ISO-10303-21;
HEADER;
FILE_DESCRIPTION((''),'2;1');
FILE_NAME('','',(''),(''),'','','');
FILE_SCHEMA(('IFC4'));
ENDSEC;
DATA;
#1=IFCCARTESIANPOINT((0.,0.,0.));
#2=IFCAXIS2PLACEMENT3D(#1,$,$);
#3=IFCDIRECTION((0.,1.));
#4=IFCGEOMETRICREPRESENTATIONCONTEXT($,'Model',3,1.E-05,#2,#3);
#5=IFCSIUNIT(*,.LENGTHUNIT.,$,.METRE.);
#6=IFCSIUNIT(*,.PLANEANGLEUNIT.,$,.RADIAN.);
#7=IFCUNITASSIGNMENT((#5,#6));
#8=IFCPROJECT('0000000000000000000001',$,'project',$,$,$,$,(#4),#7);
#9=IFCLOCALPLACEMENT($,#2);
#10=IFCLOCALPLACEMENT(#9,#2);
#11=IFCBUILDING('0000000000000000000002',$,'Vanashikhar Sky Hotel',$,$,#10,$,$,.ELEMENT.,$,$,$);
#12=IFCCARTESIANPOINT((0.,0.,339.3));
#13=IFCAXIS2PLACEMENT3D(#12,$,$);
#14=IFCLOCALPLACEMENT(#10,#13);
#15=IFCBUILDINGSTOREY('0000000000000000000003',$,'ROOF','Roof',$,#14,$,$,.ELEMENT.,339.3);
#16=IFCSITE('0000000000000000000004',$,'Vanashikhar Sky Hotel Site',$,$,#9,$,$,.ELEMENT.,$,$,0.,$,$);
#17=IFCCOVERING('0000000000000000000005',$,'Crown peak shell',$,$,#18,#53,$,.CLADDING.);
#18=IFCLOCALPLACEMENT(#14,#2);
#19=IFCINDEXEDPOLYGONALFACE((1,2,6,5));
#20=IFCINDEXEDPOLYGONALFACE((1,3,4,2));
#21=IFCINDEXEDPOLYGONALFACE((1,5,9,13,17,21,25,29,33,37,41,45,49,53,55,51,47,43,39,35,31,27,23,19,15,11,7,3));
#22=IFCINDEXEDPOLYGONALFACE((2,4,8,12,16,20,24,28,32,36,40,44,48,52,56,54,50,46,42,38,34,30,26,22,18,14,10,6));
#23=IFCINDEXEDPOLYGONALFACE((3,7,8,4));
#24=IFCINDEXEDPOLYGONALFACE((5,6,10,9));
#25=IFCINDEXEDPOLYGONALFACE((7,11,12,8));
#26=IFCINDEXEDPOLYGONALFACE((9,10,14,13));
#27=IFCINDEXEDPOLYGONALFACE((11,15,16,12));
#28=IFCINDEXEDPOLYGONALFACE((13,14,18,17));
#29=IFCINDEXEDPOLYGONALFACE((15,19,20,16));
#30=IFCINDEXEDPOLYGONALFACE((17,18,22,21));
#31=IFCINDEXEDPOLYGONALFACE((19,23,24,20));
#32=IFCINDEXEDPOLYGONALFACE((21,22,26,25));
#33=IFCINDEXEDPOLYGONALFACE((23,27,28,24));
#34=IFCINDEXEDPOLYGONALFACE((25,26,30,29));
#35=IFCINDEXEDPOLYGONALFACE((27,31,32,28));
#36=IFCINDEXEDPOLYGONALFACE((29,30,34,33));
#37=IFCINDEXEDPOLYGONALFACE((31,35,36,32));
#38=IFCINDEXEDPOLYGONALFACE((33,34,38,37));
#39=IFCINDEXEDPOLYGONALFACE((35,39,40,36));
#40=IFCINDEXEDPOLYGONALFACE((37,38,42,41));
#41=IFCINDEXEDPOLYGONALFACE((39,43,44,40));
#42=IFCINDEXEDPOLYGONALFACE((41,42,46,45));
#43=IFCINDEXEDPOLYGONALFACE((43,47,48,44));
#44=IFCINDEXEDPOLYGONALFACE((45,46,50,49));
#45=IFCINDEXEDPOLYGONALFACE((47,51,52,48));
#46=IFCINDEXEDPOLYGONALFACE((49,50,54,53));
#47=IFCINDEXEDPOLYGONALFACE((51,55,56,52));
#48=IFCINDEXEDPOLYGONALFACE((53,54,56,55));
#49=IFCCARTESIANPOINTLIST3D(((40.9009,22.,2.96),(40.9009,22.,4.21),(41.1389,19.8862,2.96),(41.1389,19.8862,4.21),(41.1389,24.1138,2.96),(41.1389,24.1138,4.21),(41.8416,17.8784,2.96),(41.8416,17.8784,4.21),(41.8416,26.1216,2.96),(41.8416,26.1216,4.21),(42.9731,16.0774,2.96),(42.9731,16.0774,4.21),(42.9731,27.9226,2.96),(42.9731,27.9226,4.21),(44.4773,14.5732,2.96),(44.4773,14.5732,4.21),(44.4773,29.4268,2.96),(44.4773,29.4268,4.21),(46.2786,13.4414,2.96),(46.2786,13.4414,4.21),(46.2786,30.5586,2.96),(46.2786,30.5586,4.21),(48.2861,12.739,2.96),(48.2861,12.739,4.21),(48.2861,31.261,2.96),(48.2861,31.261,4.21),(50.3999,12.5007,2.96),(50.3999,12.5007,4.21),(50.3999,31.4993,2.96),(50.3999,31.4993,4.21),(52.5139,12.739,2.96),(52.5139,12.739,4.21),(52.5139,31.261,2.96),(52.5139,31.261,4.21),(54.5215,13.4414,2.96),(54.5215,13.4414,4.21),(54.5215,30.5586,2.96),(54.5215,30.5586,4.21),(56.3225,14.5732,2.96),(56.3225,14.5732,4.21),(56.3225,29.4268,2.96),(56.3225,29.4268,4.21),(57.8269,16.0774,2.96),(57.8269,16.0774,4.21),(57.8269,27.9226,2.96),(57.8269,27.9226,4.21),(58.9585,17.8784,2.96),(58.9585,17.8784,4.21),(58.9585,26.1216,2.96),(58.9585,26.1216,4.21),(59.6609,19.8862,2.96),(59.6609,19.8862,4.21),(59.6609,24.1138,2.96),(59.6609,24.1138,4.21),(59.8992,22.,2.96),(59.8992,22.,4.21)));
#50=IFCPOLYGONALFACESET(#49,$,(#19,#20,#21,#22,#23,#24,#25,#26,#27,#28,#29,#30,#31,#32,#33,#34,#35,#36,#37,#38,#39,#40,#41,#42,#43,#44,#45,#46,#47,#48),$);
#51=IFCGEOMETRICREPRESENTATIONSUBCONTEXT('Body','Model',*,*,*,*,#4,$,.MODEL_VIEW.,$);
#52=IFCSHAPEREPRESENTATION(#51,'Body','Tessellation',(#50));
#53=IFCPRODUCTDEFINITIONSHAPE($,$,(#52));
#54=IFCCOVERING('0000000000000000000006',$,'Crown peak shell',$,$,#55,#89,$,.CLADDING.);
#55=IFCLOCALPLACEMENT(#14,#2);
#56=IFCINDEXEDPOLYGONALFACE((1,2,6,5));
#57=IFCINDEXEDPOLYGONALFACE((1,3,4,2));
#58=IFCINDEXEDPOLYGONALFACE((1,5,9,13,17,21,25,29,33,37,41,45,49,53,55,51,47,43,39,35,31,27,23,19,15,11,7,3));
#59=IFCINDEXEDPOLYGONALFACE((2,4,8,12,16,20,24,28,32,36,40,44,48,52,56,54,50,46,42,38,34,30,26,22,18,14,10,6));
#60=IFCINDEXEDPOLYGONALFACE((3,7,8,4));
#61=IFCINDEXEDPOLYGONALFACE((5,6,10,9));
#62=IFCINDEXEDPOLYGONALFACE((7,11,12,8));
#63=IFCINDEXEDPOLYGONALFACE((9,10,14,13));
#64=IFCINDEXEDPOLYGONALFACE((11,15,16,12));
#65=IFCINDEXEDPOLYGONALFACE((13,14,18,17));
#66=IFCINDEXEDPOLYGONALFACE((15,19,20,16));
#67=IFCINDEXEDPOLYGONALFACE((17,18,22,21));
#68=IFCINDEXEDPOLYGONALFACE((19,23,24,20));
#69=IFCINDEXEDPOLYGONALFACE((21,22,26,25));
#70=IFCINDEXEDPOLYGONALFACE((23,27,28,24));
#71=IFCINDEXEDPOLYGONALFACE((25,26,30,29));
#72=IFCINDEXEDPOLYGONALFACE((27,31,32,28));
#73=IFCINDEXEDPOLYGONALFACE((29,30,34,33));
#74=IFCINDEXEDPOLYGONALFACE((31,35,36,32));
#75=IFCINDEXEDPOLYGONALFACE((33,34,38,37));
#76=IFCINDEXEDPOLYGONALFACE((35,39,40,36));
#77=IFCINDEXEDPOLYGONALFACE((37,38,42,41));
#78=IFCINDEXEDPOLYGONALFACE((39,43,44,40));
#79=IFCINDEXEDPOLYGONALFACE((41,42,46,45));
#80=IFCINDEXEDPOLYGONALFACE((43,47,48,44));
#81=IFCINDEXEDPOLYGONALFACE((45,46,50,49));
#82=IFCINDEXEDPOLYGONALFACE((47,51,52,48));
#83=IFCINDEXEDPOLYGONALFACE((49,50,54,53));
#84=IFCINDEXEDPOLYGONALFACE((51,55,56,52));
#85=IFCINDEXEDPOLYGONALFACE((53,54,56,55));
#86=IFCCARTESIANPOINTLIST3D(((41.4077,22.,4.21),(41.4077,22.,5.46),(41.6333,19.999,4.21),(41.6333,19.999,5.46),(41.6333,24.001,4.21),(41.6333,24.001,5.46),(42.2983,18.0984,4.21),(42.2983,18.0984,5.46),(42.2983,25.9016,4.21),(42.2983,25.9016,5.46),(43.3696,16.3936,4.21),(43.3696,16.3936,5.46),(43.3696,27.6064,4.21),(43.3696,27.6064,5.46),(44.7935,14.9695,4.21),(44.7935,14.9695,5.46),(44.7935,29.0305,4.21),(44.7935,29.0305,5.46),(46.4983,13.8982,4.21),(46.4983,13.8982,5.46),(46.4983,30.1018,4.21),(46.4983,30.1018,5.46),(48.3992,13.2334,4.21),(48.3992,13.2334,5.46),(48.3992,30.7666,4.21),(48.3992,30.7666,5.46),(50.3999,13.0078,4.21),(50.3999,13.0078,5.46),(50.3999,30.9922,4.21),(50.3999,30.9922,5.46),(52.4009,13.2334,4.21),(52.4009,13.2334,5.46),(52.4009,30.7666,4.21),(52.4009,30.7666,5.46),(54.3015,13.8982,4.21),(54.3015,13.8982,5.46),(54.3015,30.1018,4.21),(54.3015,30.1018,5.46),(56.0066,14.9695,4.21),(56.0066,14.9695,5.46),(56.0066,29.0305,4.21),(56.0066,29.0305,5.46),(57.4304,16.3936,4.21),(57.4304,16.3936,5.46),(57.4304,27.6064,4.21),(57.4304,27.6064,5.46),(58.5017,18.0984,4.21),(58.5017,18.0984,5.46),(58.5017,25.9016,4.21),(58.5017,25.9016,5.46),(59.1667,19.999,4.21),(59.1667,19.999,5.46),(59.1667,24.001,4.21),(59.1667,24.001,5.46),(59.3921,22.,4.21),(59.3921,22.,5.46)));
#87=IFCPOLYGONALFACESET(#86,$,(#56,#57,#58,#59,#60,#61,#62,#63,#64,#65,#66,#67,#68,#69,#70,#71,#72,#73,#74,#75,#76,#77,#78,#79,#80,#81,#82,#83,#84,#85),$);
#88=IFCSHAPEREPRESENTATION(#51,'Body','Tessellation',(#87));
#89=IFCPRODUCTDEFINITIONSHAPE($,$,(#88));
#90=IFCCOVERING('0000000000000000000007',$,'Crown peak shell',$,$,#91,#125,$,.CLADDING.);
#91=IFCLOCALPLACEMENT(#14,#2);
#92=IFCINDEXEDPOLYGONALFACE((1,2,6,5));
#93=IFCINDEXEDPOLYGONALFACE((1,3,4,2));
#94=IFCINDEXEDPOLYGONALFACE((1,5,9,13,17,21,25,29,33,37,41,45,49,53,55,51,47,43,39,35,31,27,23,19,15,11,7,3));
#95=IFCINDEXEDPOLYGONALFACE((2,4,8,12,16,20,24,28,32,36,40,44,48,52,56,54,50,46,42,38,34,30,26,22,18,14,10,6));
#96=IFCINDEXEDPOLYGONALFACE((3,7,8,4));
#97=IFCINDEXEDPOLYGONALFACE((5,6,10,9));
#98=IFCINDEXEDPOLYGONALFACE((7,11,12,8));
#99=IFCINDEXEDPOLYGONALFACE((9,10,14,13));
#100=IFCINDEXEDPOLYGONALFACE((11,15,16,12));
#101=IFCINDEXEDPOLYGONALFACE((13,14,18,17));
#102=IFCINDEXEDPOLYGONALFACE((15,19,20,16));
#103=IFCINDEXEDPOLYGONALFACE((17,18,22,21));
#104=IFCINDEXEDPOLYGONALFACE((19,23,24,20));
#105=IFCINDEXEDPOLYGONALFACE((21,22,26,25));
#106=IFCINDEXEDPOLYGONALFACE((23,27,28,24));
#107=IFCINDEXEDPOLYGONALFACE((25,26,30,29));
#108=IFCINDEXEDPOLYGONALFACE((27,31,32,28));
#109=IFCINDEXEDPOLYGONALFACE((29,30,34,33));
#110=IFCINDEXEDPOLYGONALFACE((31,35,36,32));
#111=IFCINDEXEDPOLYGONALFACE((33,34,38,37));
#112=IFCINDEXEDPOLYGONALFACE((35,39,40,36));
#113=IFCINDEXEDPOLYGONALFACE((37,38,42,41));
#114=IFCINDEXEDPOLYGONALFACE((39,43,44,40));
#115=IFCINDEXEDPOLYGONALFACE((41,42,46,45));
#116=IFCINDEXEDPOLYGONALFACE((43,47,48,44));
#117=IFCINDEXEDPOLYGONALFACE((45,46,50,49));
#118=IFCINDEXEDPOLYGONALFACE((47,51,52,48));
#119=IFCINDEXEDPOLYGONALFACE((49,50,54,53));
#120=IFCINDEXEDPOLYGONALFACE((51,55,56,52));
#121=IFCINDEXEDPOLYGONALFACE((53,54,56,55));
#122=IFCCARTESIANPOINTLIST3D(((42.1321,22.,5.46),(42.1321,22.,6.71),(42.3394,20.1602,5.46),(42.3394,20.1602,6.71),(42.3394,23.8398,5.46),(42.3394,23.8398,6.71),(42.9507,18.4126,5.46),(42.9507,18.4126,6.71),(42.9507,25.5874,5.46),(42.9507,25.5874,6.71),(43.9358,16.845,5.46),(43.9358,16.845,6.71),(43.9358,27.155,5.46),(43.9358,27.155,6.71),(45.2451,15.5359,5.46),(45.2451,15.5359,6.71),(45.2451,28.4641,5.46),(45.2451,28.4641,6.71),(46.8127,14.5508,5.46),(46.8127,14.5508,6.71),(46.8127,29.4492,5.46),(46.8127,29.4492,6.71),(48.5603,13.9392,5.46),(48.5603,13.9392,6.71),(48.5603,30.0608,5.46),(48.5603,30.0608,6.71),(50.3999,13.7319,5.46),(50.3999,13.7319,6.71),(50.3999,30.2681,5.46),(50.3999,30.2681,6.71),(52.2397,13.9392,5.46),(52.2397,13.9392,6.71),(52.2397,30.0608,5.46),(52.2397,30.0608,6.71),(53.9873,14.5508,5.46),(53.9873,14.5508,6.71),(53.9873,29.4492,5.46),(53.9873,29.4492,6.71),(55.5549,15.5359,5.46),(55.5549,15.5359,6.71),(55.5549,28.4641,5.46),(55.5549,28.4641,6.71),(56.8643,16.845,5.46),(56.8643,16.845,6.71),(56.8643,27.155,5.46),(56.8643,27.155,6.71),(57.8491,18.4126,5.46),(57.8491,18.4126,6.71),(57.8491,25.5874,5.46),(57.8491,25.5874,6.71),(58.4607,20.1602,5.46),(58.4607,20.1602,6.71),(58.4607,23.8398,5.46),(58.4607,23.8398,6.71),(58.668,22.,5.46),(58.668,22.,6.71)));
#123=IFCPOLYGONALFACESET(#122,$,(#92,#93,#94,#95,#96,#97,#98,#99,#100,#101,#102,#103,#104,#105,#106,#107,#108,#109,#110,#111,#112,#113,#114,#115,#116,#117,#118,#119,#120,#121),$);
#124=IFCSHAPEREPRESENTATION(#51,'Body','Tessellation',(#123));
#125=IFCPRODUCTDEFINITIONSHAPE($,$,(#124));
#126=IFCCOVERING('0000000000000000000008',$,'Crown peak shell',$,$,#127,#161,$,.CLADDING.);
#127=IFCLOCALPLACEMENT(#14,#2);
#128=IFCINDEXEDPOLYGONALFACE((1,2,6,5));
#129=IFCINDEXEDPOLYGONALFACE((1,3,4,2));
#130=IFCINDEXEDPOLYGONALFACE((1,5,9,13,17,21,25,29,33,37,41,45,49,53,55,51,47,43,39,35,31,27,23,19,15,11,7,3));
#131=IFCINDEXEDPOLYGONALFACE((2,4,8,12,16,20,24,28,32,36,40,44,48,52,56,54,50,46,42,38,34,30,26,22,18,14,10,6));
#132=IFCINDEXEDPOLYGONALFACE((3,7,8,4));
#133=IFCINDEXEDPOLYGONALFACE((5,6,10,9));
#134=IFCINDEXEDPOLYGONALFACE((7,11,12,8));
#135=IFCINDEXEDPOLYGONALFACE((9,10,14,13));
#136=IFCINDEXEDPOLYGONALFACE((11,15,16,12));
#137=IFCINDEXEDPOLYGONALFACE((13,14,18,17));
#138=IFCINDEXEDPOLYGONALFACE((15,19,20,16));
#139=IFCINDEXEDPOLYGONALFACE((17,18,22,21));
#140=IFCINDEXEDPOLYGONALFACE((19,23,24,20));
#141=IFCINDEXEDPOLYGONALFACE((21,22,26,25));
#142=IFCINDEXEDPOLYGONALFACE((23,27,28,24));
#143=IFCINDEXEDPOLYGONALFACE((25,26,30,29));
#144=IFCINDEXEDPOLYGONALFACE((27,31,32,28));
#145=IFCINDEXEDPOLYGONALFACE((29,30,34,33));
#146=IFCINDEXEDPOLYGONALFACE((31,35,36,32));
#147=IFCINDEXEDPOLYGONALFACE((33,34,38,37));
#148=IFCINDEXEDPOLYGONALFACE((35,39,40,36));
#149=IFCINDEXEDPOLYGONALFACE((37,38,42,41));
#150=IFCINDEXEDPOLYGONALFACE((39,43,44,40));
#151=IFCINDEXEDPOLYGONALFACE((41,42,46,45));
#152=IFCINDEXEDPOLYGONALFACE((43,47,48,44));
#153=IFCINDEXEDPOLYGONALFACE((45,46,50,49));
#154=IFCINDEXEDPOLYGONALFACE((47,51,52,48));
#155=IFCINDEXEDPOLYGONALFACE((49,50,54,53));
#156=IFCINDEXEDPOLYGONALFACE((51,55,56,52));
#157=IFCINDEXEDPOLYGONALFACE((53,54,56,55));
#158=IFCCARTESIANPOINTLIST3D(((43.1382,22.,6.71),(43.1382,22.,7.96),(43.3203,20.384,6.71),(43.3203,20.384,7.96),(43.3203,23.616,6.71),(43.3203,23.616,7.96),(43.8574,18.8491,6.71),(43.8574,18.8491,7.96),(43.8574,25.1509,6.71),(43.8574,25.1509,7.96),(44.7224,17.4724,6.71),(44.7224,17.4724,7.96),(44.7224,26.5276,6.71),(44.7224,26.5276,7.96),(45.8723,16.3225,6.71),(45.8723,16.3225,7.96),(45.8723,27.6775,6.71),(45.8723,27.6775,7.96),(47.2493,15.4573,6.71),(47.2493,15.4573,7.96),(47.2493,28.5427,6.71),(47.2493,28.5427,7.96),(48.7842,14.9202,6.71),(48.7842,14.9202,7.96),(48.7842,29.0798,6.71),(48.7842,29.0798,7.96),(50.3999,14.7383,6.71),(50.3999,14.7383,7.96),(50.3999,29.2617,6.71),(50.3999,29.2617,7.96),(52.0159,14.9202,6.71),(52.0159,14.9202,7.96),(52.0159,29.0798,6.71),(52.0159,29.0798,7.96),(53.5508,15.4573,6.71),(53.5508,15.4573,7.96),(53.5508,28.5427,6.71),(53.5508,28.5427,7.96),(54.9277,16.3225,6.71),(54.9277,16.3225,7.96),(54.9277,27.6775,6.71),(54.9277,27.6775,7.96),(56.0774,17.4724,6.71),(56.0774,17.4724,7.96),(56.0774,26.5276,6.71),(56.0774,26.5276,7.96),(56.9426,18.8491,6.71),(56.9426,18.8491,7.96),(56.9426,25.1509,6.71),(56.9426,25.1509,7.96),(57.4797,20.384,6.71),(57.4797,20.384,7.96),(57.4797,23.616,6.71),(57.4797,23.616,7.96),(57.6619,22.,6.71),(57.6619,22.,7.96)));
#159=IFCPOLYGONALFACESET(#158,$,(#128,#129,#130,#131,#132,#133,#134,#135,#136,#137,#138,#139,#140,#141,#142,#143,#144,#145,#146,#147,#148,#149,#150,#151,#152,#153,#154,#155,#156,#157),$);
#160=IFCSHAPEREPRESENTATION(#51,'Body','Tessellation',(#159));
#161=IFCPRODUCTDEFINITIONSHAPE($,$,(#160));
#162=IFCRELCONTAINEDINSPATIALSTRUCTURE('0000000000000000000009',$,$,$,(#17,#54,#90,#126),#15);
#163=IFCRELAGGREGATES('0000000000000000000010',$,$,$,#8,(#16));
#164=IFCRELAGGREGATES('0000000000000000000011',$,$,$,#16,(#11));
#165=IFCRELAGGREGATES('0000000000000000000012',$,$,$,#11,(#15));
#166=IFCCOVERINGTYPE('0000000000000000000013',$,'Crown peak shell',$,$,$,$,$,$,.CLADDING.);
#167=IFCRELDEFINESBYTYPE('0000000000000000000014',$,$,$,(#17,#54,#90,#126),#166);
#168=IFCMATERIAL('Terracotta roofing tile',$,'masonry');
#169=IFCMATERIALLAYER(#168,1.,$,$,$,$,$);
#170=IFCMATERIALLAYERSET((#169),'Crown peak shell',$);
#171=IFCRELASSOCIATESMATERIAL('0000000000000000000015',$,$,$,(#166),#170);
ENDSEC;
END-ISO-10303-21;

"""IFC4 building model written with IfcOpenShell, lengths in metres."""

from ifc_helpers import new_model, si_unit, direction, frame, origin, place, context, subcontext, project, spatial, polyline, outline, extrude, source, transform, mapped, material, layer, layer_set, type_object, element, save


model = new_model("IFC4")

# Units and contexts
model_context = context("Model", 3, precision=1e-05, world=origin(), true_north=direction((0.0, 1.0)))
body_context = subcontext(model_context, "Body", "Model", "MODEL_VIEW")
ifc_project = project(units=[si_unit("LENGTHUNIT", "METRE"), si_unit("PLANEANGLEUNIT", "RADIAN")], contexts=[model_context])

# Site, building, storey
site_placement = place(None, origin())
site = spatial("IfcSite", under=ifc_project, at=site_placement, Name="Vanashikhar Sky Hotel Site", CompositionType="ELEMENT", RefElevation=0.0)
building_placement = place(site_placement, origin())
building = spatial("IfcBuilding", under=site, at=building_placement, Name="Vanashikhar Sky Hotel", CompositionType="ELEMENT")
storey_placement = place(building_placement, frame((0.0, 0.0, 339.3)))
storey = spatial("IfcBuildingStorey", under=building, at=storey_placement, Name="ROOF", Description="Roof", CompositionType="ELEMENT", Elevation=339.3)

# Coverings
ifc_material_1 = material(Name="Terracotta roofing tile", Category="masonry")
ifc_layer_1 = layer(ifc_material_1, 1.0)
ifc_layer_set_1 = layer_set([ifc_layer_1], Name="Crown peak shell")
covering_type_1 = type_object("IfcCoveringType", Name="Crown peak shell", PredefinedType="CLADDING", material=ifc_layer_set_1)
shared_shape_1 = source(origin(), body_context, "Body", "SweptSolid", [
    extrude(outline(polyline([(59.8992, 22.0), (59.6609, 24.1138), (58.9585, 26.1216), (57.8269, 27.9226), (56.3225, 29.4268), (54.5215, 30.5586), (52.5139, 31.261), (50.3999, 31.4993), (48.2861, 31.261), (46.2786, 30.5586), (44.4773, 29.4268), (42.9731, 27.9226), (41.8416, 26.1216), (41.1389, 24.1138), (40.9009, 22.0), (41.1389, 19.8862), (41.8416, 17.8784), (42.9731, 16.0774), (44.4773, 14.5732), (46.2786, 13.4414), (48.2861, 12.739), (50.3999, 12.5007), (52.5139, 12.739), (54.5215, 13.4414), (56.3225, 14.5732), (57.8269, 16.0774), (58.9585, 17.8784), (59.6609, 19.8862), (59.8992, 22.0)])), origin(), (0.0, 0.0, 1.0), 1.25),
])
covering_1_placement = place(storey_placement, frame((0.0, 0.0, 2.96)))
element("IfcCovering", 1, at=covering_1_placement, inside=storey, type_object=covering_type_1, Name="Crown peak shell", PredefinedType="CLADDING", context=body_context, shape_type="MappedRepresentation", body=[
    mapped(shared_shape_1, transform((0.0, 0.0, 0.0), scale=1.0)),
])
shared_shape_2 = source(origin(), body_context, "Body", "SweptSolid", [
    extrude(outline(polyline([(59.3921, 22.0), (59.1667, 24.001), (58.5017, 25.9016), (57.4304, 27.6064), (56.0066, 29.0305), (54.3015, 30.1018), (52.4009, 30.7666), (50.3999, 30.9922), (48.3992, 30.7666), (46.4983, 30.1018), (44.7935, 29.0305), (43.3696, 27.6064), (42.2983, 25.9016), (41.6333, 24.001), (41.4077, 22.0), (41.6333, 19.999), (42.2983, 18.0984), (43.3696, 16.3936), (44.7935, 14.9695), (46.4983, 13.8982), (48.3992, 13.2334), (50.3999, 13.0078), (52.4009, 13.2334), (54.3015, 13.8982), (56.0066, 14.9695), (57.4304, 16.3936), (58.5017, 18.0984), (59.1667, 19.999), (59.3921, 22.0)])), origin(), (0.0, 0.0, 1.0), 1.25),
])
covering_2_placement = place(storey_placement, frame((0.0, 0.0, 4.21)))
element("IfcCovering", 2, at=covering_2_placement, inside=storey, type_object=covering_type_1, Name="Crown peak shell", PredefinedType="CLADDING", context=body_context, shape_type="MappedRepresentation", body=[
    mapped(shared_shape_2, transform((0.0, 0.0, 0.0), scale=1.0)),
])
shared_shape_3 = source(origin(), body_context, "Body", "SweptSolid", [
    extrude(outline(polyline([(58.668, 22.0), (58.4607, 23.8398), (57.8491, 25.5874), (56.8643, 27.155), (55.5549, 28.4641), (53.9873, 29.4492), (52.2397, 30.0608), (50.3999, 30.2681), (48.5603, 30.0608), (46.8127, 29.4492), (45.2451, 28.4641), (43.9358, 27.155), (42.9507, 25.5874), (42.3394, 23.8398), (42.1321, 22.0), (42.3394, 20.1602), (42.9507, 18.4126), (43.9358, 16.845), (45.2451, 15.5359), (46.8127, 14.5508), (48.5603, 13.9392), (50.3999, 13.7319), (52.2397, 13.9392), (53.9873, 14.5508), (55.5549, 15.5359), (56.8643, 16.845), (57.8491, 18.4126), (58.4607, 20.1602), (58.668, 22.0)])), origin(), (0.0, 0.0, 1.0), 1.25),
])
covering_3_placement = place(storey_placement, frame((0.0, 0.0, 5.46)))
element("IfcCovering", 3, at=covering_3_placement, inside=storey, type_object=covering_type_1, Name="Crown peak shell", PredefinedType="CLADDING", context=body_context, shape_type="MappedRepresentation", body=[
    mapped(shared_shape_3, transform((0.0, 0.0, 0.0), scale=1.0)),
])
shared_shape_4 = source(origin(), body_context, "Body", "SweptSolid", [
    extrude(outline(polyline([(57.6619, 22.0), (57.4797, 23.616), (56.9426, 25.1509), (56.0774, 26.5276), (54.9277, 27.6775), (53.5508, 28.5427), (52.0159, 29.0798), (50.3999, 29.2617), (48.7842, 29.0798), (47.2493, 28.5427), (45.8723, 27.6775), (44.7224, 26.5276), (43.8574, 25.1509), (43.3203, 23.616), (43.1382, 22.0), (43.3203, 20.384), (43.8574, 18.8491), (44.7224, 17.4724), (45.8723, 16.3225), (47.2493, 15.4573), (48.7842, 14.9202), (50.3999, 14.7383), (52.0159, 14.9202), (53.5508, 15.4573), (54.9277, 16.3225), (56.0774, 17.4724), (56.9426, 18.8491), (57.4797, 20.384), (57.6619, 22.0)])), origin(), (0.0, 0.0, 1.0), 1.25),
])
covering_4_placement = place(storey_placement, frame((0.0, 0.0, 6.71)))
element("IfcCovering", 4, at=covering_4_placement, inside=storey, type_object=covering_type_1, Name="Crown peak shell", PredefinedType="CLADDING", context=body_context, shape_type="MappedRepresentation", body=[
    mapped(shared_shape_4, transform((0.0, 0.0, 0.0), scale=1.0)),
])

save(model, "model.ifc")
